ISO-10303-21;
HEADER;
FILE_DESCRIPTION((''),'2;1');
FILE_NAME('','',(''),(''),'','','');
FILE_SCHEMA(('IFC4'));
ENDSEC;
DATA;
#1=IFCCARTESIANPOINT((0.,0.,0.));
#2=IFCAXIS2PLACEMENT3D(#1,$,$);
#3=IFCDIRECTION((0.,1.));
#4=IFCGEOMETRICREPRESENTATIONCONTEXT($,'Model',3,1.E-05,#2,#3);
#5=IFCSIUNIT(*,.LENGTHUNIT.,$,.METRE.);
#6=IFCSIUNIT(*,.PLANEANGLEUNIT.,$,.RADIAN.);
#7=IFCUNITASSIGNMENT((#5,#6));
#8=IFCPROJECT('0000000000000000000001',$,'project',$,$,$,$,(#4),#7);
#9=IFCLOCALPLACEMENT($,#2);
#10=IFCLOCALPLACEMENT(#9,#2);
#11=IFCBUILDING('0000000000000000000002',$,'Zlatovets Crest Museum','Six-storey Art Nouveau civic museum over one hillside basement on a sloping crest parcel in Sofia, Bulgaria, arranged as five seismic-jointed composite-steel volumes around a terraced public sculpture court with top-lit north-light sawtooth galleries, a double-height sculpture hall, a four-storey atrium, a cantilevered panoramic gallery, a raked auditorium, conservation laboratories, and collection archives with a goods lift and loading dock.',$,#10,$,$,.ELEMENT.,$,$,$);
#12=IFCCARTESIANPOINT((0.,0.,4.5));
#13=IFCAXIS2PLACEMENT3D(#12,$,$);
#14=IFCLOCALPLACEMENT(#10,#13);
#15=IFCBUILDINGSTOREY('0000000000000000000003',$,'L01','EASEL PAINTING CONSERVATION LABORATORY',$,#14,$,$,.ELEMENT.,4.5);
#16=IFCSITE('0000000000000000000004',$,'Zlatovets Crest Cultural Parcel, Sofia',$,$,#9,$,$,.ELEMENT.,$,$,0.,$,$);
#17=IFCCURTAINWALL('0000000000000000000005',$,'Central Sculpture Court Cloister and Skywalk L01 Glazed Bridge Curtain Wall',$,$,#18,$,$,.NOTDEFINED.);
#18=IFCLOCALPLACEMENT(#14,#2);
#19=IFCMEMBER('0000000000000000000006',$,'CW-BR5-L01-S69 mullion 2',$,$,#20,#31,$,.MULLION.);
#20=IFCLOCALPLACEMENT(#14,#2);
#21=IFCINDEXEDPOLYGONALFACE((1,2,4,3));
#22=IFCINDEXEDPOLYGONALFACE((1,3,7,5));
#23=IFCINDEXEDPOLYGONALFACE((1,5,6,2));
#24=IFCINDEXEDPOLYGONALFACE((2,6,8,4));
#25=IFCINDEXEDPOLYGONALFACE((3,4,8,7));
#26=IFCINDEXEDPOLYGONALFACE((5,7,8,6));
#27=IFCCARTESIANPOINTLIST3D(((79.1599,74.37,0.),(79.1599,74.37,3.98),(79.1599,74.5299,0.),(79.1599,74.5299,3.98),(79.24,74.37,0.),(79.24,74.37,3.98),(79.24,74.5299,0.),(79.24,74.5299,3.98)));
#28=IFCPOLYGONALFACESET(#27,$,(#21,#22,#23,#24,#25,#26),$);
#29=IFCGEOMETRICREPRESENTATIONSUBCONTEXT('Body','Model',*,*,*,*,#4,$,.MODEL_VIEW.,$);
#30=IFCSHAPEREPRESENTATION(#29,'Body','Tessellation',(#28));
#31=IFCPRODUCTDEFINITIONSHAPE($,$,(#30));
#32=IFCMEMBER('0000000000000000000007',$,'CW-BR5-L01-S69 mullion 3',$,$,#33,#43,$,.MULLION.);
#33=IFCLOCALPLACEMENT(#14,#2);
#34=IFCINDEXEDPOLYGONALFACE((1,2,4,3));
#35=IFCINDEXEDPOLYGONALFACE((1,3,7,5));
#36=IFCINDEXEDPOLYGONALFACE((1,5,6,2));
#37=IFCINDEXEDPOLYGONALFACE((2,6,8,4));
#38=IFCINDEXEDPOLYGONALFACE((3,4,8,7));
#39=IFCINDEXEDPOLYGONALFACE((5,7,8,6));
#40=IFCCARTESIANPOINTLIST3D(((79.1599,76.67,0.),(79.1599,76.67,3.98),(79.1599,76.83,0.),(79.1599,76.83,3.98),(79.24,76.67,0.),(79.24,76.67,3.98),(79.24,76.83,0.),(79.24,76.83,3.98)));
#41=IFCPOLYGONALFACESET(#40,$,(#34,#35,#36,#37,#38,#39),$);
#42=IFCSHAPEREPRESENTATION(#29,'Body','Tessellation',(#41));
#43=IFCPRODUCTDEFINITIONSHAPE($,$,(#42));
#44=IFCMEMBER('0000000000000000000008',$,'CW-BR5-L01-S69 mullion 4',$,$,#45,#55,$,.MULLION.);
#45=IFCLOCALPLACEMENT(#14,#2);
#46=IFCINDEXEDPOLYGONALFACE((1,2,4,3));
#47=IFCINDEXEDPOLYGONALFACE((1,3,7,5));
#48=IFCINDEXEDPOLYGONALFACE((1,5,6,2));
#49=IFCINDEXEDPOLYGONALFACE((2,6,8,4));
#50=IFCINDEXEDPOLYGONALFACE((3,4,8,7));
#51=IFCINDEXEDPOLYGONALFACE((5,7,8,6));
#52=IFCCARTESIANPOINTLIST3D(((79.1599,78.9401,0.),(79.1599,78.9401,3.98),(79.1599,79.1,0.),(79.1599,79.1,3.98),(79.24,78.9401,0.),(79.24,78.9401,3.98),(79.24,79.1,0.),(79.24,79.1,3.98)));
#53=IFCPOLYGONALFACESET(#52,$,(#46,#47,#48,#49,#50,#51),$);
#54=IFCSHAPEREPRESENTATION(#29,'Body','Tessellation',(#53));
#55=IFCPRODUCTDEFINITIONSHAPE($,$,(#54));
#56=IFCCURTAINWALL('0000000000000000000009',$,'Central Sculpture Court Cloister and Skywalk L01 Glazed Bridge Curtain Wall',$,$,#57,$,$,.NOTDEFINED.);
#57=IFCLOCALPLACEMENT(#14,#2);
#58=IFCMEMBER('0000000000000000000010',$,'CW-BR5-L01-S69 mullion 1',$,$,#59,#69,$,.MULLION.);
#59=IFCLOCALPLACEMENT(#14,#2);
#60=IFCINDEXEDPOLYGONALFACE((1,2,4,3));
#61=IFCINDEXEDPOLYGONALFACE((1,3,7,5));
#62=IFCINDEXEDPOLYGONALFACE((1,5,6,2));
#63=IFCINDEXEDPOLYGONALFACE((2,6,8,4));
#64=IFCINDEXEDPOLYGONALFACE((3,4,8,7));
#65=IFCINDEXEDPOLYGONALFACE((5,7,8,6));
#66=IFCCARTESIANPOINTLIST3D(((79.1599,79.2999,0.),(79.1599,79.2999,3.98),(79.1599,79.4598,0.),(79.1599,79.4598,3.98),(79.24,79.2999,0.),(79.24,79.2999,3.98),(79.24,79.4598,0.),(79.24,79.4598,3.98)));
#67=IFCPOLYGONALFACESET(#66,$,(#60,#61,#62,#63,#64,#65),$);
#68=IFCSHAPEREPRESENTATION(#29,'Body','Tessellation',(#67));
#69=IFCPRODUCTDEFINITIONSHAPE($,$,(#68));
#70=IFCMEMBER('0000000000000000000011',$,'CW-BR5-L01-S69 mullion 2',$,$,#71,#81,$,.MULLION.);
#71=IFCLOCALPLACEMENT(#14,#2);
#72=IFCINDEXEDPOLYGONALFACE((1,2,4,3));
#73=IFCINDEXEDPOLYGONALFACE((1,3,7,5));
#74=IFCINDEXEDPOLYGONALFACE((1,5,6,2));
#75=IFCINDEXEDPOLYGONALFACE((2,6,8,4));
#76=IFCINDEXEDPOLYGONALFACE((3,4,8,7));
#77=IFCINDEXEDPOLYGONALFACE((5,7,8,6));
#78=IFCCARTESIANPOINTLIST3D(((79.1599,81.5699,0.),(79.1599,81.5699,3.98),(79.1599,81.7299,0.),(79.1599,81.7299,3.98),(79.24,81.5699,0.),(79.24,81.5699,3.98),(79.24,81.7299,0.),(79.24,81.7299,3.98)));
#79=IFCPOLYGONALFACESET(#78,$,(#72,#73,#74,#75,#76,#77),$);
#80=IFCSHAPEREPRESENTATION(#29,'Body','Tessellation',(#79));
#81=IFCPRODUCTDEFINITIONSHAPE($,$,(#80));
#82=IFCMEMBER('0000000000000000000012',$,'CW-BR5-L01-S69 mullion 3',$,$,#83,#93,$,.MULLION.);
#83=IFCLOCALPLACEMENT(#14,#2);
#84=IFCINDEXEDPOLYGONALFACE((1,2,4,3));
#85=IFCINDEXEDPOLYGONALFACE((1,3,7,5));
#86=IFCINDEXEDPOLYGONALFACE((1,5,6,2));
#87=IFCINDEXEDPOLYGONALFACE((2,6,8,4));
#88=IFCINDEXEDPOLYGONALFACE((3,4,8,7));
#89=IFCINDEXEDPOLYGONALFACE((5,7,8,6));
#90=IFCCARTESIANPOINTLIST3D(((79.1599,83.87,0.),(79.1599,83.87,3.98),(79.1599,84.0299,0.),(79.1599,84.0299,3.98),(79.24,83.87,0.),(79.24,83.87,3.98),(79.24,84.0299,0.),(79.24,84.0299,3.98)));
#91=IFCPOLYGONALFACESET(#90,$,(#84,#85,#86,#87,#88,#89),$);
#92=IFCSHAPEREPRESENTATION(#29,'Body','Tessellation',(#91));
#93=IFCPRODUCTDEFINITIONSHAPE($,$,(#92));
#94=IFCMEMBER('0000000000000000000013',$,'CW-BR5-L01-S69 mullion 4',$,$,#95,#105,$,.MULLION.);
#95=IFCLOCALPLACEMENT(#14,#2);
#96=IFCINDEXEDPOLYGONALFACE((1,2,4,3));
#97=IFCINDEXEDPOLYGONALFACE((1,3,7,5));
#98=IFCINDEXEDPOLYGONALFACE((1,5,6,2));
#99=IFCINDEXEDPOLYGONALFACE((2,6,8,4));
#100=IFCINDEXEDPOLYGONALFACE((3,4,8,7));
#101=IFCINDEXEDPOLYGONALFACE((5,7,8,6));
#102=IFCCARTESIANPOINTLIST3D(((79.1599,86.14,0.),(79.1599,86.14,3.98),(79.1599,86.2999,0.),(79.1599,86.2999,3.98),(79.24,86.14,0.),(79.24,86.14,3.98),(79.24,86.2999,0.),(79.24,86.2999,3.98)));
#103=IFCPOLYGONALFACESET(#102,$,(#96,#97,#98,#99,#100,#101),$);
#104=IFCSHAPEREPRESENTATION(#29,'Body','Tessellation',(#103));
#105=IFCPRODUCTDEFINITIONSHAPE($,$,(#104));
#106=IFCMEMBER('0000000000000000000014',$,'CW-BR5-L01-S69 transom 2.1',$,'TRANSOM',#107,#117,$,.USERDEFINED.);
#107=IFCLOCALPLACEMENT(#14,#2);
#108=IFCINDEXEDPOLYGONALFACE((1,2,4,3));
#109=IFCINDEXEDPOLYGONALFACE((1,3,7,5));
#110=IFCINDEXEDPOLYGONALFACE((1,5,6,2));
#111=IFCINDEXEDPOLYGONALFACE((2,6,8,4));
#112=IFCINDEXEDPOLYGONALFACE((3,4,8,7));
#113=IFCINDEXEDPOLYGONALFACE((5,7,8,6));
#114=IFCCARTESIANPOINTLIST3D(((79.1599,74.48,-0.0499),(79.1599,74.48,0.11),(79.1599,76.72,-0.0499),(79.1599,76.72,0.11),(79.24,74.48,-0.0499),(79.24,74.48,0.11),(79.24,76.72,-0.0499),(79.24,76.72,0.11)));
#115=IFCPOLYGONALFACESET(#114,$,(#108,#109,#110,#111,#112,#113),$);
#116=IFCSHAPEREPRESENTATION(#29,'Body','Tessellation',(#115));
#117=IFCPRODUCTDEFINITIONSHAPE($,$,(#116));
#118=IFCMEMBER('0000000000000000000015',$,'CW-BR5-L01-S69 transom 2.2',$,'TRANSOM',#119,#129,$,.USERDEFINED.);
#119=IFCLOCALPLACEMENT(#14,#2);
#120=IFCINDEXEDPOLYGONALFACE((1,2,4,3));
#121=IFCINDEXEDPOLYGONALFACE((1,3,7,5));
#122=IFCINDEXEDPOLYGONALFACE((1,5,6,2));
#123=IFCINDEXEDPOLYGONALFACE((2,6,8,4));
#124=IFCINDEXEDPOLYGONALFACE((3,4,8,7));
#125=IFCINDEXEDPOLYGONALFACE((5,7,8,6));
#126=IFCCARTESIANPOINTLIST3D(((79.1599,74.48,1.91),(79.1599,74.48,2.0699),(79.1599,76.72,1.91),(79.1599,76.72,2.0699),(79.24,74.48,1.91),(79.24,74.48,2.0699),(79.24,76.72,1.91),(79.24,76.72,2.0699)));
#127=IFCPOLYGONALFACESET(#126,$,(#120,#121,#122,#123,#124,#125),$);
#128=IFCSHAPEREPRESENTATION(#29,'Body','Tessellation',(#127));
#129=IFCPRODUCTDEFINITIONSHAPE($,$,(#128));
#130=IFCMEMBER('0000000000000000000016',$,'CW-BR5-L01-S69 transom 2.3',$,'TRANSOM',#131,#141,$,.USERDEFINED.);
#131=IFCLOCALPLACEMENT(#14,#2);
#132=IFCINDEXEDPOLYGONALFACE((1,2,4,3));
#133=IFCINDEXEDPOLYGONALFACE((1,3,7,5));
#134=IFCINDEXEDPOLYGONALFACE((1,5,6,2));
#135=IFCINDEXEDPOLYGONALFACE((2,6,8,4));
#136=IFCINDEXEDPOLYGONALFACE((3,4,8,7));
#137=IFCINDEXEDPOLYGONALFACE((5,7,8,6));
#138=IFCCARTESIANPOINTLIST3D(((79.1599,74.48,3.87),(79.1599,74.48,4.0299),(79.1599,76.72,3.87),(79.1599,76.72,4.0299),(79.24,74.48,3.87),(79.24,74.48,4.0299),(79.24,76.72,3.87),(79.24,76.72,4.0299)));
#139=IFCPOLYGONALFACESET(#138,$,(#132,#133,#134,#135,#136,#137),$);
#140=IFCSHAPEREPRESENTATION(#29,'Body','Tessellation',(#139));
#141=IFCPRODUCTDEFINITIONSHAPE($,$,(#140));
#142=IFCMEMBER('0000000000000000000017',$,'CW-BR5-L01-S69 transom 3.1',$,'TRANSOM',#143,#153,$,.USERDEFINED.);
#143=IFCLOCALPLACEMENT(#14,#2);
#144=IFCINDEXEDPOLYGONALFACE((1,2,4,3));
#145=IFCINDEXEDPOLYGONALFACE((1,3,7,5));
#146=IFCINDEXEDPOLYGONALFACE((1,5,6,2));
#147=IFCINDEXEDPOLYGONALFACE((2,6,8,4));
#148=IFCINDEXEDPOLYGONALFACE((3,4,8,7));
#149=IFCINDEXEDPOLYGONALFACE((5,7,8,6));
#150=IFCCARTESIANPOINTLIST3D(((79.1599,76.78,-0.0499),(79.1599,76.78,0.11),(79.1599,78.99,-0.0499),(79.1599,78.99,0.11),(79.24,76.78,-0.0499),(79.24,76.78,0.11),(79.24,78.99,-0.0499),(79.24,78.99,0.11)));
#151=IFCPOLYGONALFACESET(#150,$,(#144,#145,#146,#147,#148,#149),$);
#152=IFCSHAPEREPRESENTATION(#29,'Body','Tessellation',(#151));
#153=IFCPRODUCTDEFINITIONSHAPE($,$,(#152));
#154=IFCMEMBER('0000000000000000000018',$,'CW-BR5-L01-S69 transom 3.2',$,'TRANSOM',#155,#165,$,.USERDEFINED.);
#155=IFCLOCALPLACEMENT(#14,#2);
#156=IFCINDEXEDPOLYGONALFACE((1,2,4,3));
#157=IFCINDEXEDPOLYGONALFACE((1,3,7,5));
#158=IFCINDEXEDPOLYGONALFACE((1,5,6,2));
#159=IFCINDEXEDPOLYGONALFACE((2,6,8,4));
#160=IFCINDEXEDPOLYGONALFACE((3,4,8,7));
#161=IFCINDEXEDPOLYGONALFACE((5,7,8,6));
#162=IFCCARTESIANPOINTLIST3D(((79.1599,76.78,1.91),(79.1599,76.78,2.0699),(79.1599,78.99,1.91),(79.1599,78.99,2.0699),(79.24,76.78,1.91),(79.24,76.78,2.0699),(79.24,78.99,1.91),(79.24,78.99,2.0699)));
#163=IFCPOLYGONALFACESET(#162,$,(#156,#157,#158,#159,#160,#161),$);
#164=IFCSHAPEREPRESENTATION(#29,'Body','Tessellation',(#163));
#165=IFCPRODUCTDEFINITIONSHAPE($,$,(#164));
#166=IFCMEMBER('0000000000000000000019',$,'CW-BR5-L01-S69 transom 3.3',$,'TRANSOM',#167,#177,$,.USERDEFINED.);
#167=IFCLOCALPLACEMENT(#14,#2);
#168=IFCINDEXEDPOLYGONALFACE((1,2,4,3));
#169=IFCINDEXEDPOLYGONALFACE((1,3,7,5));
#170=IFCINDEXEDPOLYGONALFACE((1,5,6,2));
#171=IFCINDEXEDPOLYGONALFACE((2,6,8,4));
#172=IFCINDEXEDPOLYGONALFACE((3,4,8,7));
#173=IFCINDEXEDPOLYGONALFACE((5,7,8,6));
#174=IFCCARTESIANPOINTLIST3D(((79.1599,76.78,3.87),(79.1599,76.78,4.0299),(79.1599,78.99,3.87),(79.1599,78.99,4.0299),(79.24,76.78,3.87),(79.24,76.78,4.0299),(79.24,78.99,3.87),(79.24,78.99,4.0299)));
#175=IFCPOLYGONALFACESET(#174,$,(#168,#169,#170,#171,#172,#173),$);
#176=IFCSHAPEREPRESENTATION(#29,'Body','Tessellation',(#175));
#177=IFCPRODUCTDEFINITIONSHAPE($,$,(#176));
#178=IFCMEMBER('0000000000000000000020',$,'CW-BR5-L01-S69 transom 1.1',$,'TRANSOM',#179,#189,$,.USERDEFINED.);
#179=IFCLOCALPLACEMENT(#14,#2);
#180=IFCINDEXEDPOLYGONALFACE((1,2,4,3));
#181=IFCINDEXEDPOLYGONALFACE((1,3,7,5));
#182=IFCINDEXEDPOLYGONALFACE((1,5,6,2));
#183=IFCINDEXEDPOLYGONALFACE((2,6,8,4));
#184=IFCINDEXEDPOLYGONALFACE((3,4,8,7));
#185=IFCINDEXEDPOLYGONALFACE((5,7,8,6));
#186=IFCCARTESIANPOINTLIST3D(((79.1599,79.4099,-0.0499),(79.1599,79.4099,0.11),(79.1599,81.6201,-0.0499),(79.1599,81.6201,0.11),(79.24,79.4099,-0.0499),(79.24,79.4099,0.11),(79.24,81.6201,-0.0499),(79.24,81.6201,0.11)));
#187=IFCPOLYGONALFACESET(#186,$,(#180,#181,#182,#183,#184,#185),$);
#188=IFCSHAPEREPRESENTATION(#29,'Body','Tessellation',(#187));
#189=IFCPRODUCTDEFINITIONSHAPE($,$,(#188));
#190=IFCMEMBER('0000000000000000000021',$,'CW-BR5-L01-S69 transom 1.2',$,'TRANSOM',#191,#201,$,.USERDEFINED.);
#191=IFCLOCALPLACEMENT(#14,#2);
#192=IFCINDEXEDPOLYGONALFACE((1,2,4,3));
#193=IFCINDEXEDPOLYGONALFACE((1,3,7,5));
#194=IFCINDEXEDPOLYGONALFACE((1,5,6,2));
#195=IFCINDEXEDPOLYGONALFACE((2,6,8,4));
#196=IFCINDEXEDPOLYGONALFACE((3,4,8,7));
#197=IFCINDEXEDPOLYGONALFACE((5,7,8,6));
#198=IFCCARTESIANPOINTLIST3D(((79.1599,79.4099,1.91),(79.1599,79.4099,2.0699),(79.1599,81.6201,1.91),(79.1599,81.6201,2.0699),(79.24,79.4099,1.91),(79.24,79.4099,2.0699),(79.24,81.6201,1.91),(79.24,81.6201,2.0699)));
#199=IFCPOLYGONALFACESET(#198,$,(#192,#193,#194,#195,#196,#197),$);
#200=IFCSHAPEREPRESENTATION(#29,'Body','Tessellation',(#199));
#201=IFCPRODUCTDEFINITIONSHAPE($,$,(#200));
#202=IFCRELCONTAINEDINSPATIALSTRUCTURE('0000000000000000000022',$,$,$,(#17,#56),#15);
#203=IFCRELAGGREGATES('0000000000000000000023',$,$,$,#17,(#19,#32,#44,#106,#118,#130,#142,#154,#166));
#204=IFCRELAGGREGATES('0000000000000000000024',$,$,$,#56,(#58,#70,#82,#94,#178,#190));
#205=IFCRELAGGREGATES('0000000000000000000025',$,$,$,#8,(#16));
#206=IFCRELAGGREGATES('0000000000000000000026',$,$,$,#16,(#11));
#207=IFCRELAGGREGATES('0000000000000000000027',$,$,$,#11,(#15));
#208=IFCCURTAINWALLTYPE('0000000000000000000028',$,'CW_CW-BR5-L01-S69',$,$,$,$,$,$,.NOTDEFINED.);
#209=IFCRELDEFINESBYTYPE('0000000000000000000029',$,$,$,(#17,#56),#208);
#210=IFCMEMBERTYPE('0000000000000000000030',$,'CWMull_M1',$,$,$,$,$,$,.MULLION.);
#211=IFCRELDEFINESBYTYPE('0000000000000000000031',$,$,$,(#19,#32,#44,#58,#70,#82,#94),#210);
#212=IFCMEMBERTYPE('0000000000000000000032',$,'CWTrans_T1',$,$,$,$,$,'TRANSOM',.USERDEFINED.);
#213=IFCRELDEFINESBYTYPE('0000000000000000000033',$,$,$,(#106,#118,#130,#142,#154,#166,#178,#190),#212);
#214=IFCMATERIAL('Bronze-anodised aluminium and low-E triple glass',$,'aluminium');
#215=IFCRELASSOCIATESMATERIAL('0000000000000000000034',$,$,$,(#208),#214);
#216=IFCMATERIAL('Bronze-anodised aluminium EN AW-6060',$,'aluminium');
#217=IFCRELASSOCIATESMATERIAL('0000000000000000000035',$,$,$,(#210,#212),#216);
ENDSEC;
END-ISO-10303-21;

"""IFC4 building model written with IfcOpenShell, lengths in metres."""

from ifc_helpers import new_model, si_unit, direction, frame, origin, origin_2d, place, context, subcontext, project, spatial, rectangle, extrude, material, material_profile, profile_set, type_object, element, aggregate, save


model = new_model("IFC4")

# Units and contexts
model_context = context("Model", 3, precision=1e-05, world=origin(), true_north=direction((0.0, 1.0)))
body_context = subcontext(model_context, "Body", "Model", "MODEL_VIEW")
ifc_project = project(units=[si_unit("LENGTHUNIT", "METRE"), si_unit("PLANEANGLEUNIT", "RADIAN")], contexts=[model_context])

# Site, building, storey
site_placement = place(None, origin())
site = spatial("IfcSite", under=ifc_project, at=site_placement, Name="Zlatovets Crest Cultural Parcel, Sofia", CompositionType="ELEMENT", RefElevation=0.0)
building_placement = place(site_placement, origin())
building = spatial("IfcBuilding", under=site, at=building_placement, Name="Zlatovets Crest Museum", Description="Six-storey Art Nouveau civic museum over one hillside basement on a sloping crest parcel in Sofia, Bulgaria, arranged as five seismic-jointed composite-steel volumes around a terraced public sculpture court with top-lit north-light sawtooth galleries, a double-height sculpture hall, a four-storey atrium, a cantilevered panoramic gallery, a raked auditorium, conservation laboratories, and collection archives with a goods lift and loading dock.", CompositionType="ELEMENT")
storey_placement = place(building_placement, frame((0.0, 0.0, 4.5)))
storey = spatial("IfcBuildingStorey", under=building, at=storey_placement, Name="L01", Description="EASEL PAINTING CONSERVATION LABORATORY", CompositionType="ELEMENT", Elevation=4.5)

# Curtain walls, members
ifc_material_1 = material(Name="Bronze-anodised aluminium and low-E triple glass", Category="aluminium")
curtain_wall_type = type_object("IfcCurtainWallType", Name="CW_CW-BR5-L01-S69", PredefinedType="NOTDEFINED", material=ifc_material_1)
curtain_wall_1_placement = place(storey_placement, origin())
curtain_wall_1 = element("IfcCurtainWall", 1, at=curtain_wall_1_placement, inside=storey, type_object=curtain_wall_type, Name="Central Sculpture Court Cloister and Skywalk L01 Glazed Bridge Curtain Wall", PredefinedType="NOTDEFINED")
ifc_material_2 = material(Name="Bronze-anodised aluminium EN AW-6060", Category="aluminium")
ifc_material_profile_1 = material_profile(ifc_material_2, rectangle(XDim=0.0801, YDim=0.1599, at=origin_2d()), Name="ALU 80x160")
ifc_profile_set_1 = profile_set([ifc_material_profile_1], Name="Bronze-anodised aluminium EN AW-6060")
member_type_1 = type_object("IfcMemberType", Name="CWMull_M1", PredefinedType="MULLION", material=ifc_profile_set_1)
member_1_placement = place(storey_placement, frame((79.2, 74.45, 0.0), z_axis=(0.0, 0.0, 1.0), x_axis=(-1.0, 0.0, 0.0)))
member_1 = element("IfcMember", 2, at=member_1_placement, type_object=member_type_1, Name="CW-BR5-L01-S69 mullion 2", PredefinedType="MULLION", context=body_context, shape_type="SweptSolid", body=[
    extrude(rectangle(XDim=0.0801, YDim=0.1599, at=origin_2d()), origin(), (0.0, 0.0, 1.0), 3.98),
])
member_2_placement = place(storey_placement, frame((79.2, 76.75, 0.0), z_axis=(0.0, 0.0, 1.0), x_axis=(-1.0, 0.0, 0.0)))
member_2 = element("IfcMember", 3, at=member_2_placement, type_object=member_type_1, Name="CW-BR5-L01-S69 mullion 3", PredefinedType="MULLION", context=body_context, shape_type="SweptSolid", body=[
    extrude(rectangle(XDim=0.0801, YDim=0.1599, at=origin_2d()), origin(), (0.0, 0.0, 1.0), 3.98),
])
member_3_placement = place(storey_placement, frame((79.2, 79.02, 0.0), z_axis=(0.0, 0.0, 1.0), x_axis=(-1.0, 0.0, 0.0)))
member_3 = element("IfcMember", 4, at=member_3_placement, type_object=member_type_1, Name="CW-BR5-L01-S69 mullion 4", PredefinedType="MULLION", context=body_context, shape_type="SweptSolid", body=[
    extrude(rectangle(XDim=0.0801, YDim=0.1599, at=origin_2d()), origin(), (0.0, 0.0, 1.0), 3.98),
])
curtain_wall_2_placement = place(storey_placement, origin())
curtain_wall_2 = element("IfcCurtainWall", 5, at=curtain_wall_2_placement, inside=storey, type_object=curtain_wall_type, Name="Central Sculpture Court Cloister and Skywalk L01 Glazed Bridge Curtain Wall", PredefinedType="NOTDEFINED")
member_4_placement = place(storey_placement, frame((79.2, 79.3799, 0.0), z_axis=(0.0, 0.0, 1.0), x_axis=(-1.0, 0.0, 0.0)))
member_4 = element("IfcMember", 6, at=member_4_placement, type_object=member_type_1, Name="CW-BR5-L01-S69 mullion 1", PredefinedType="MULLION", context=body_context, shape_type="SweptSolid", body=[
    extrude(rectangle(XDim=0.0801, YDim=0.1599, at=origin_2d()), origin(), (0.0, 0.0, 1.0), 3.98),
])
member_5_placement = place(storey_placement, frame((79.2, 81.6499, 0.0), z_axis=(0.0, 0.0, 1.0), x_axis=(-1.0, 0.0, 0.0)))
member_5 = element("IfcMember", 7, at=member_5_placement, type_object=member_type_1, Name="CW-BR5-L01-S69 mullion 2", PredefinedType="MULLION", context=body_context, shape_type="SweptSolid", body=[
    extrude(rectangle(XDim=0.0801, YDim=0.1599, at=origin_2d()), origin(), (0.0, 0.0, 1.0), 3.98),
])
member_6_placement = place(storey_placement, frame((79.2, 83.95, 0.0), z_axis=(0.0, 0.0, 1.0), x_axis=(-1.0, 0.0, 0.0)))
member_6 = element("IfcMember", 8, at=member_6_placement, type_object=member_type_1, Name="CW-BR5-L01-S69 mullion 3", PredefinedType="MULLION", context=body_context, shape_type="SweptSolid", body=[
    extrude(rectangle(XDim=0.0801, YDim=0.1599, at=origin_2d()), origin(), (0.0, 0.0, 1.0), 3.98),
])
member_7_placement = place(storey_placement, frame((79.2, 86.22, 0.0), z_axis=(0.0, 0.0, 1.0), x_axis=(-1.0, 0.0, 0.0)))
member_7 = element("IfcMember", 9, at=member_7_placement, type_object=member_type_1, Name="CW-BR5-L01-S69 mullion 4", PredefinedType="MULLION", context=body_context, shape_type="SweptSolid", body=[
    extrude(rectangle(XDim=0.0801, YDim=0.1599, at=origin_2d()), origin(), (0.0, 0.0, 1.0), 3.98),
])

# Members
ifc_material_profile_2 = material_profile(ifc_material_2, rectangle(XDim=0.0801, YDim=0.1599, at=origin_2d()), Name="ALU 80x160")
ifc_profile_set_2 = profile_set([ifc_material_profile_2], Name="Bronze-anodised aluminium EN AW-6060")
member_type_2 = type_object("IfcMemberType", Name="CWTrans_T1", ElementType="TRANSOM", PredefinedType="USERDEFINED", material=ifc_profile_set_2)
member_8_placement = place(storey_placement, frame((79.2, 74.48, 0.03), z_axis=(0.0, 1.0, 0.0), x_axis=(-1.0, 0.0, 0.0)))
member_8 = element("IfcMember", 10, at=member_8_placement, type_object=member_type_2, Name="CW-BR5-L01-S69 transom 2.1", ObjectType="TRANSOM", PredefinedType="USERDEFINED", context=body_context, shape_type="SweptSolid", body=[
    extrude(rectangle(XDim=0.0801, YDim=0.1599, at=origin_2d()), origin(), (0.0, 0.0, 1.0), 2.24),
])
member_9_placement = place(storey_placement, frame((79.2, 74.48, 1.99), z_axis=(0.0, 1.0, 0.0), x_axis=(-1.0, 0.0, 0.0)))
member_9 = element("IfcMember", 11, at=member_9_placement, type_object=member_type_2, Name="CW-BR5-L01-S69 transom 2.2", ObjectType="TRANSOM", PredefinedType="USERDEFINED", context=body_context, shape_type="SweptSolid", body=[
    extrude(rectangle(XDim=0.0801, YDim=0.1599, at=origin_2d()), origin(), (0.0, 0.0, 1.0), 2.24),
])
member_10_placement = place(storey_placement, frame((79.2, 74.48, 3.95), z_axis=(0.0, 1.0, 0.0), x_axis=(-1.0, 0.0, 0.0)))
member_10 = element("IfcMember", 12, at=member_10_placement, type_object=member_type_2, Name="CW-BR5-L01-S69 transom 2.3", ObjectType="TRANSOM", PredefinedType="USERDEFINED", context=body_context, shape_type="SweptSolid", body=[
    extrude(rectangle(XDim=0.0801, YDim=0.1599, at=origin_2d()), origin(), (0.0, 0.0, 1.0), 2.24),
])
member_11_placement = place(storey_placement, frame((79.2, 76.78, 0.03), z_axis=(0.0, 1.0, 0.0), x_axis=(-1.0, 0.0, 0.0)))
member_11 = element("IfcMember", 13, at=member_11_placement, type_object=member_type_2, Name="CW-BR5-L01-S69 transom 3.1", ObjectType="TRANSOM", PredefinedType="USERDEFINED", context=body_context, shape_type="SweptSolid", body=[
    extrude(rectangle(XDim=0.0801, YDim=0.1599, at=origin_2d()), origin(), (0.0, 0.0, 1.0), 2.21),
])
member_12_placement = place(storey_placement, frame((79.2, 76.78, 1.99), z_axis=(0.0, 1.0, 0.0), x_axis=(-1.0, 0.0, 0.0)))
member_12 = element("IfcMember", 14, at=member_12_placement, type_object=member_type_2, Name="CW-BR5-L01-S69 transom 3.2", ObjectType="TRANSOM", PredefinedType="USERDEFINED", context=body_context, shape_type="SweptSolid", body=[
    extrude(rectangle(XDim=0.0801, YDim=0.1599, at=origin_2d()), origin(), (0.0, 0.0, 1.0), 2.21),
])
member_13_placement = place(storey_placement, frame((79.2, 76.78, 3.95), z_axis=(0.0, 1.0, 0.0), x_axis=(-1.0, 0.0, 0.0)))
member_13 = element("IfcMember", 15, at=member_13_placement, type_object=member_type_2, Name="CW-BR5-L01-S69 transom 3.3", ObjectType="TRANSOM", PredefinedType="USERDEFINED", context=body_context, shape_type="SweptSolid", body=[
    extrude(rectangle(XDim=0.0801, YDim=0.1599, at=origin_2d()), origin(), (0.0, 0.0, 1.0), 2.21),
])
member_14_placement = place(storey_placement, frame((79.2, 79.4099, 0.03), z_axis=(0.0, 1.0, 0.0), x_axis=(-1.0, 0.0, 0.0)))
member_14 = element("IfcMember", 16, at=member_14_placement, type_object=member_type_2, Name="CW-BR5-L01-S69 transom 1.1", ObjectType="TRANSOM", PredefinedType="USERDEFINED", context=body_context, shape_type="SweptSolid", body=[
    extrude(rectangle(XDim=0.0801, YDim=0.1599, at=origin_2d()), origin(), (0.0, 0.0, 1.0), 2.2102),
])
member_15_placement = place(storey_placement, frame((79.2, 79.4099, 1.99), z_axis=(0.0, 1.0, 0.0), x_axis=(-1.0, 0.0, 0.0)))
member_15 = element("IfcMember", 17, at=member_15_placement, type_object=member_type_2, Name="CW-BR5-L01-S69 transom 1.2", ObjectType="TRANSOM", PredefinedType="USERDEFINED", context=body_context, shape_type="SweptSolid", body=[
    extrude(rectangle(XDim=0.0801, YDim=0.1599, at=origin_2d()), origin(), (0.0, 0.0, 1.0), 2.2102),
])

aggregate(curtain_wall_1, [member_1, member_2, member_3, member_8, member_9, member_10, member_11, member_12, member_13])
aggregate(curtain_wall_2, [member_4, member_5, member_6, member_7, member_14, member_15])

save(model, "model.ifc")
